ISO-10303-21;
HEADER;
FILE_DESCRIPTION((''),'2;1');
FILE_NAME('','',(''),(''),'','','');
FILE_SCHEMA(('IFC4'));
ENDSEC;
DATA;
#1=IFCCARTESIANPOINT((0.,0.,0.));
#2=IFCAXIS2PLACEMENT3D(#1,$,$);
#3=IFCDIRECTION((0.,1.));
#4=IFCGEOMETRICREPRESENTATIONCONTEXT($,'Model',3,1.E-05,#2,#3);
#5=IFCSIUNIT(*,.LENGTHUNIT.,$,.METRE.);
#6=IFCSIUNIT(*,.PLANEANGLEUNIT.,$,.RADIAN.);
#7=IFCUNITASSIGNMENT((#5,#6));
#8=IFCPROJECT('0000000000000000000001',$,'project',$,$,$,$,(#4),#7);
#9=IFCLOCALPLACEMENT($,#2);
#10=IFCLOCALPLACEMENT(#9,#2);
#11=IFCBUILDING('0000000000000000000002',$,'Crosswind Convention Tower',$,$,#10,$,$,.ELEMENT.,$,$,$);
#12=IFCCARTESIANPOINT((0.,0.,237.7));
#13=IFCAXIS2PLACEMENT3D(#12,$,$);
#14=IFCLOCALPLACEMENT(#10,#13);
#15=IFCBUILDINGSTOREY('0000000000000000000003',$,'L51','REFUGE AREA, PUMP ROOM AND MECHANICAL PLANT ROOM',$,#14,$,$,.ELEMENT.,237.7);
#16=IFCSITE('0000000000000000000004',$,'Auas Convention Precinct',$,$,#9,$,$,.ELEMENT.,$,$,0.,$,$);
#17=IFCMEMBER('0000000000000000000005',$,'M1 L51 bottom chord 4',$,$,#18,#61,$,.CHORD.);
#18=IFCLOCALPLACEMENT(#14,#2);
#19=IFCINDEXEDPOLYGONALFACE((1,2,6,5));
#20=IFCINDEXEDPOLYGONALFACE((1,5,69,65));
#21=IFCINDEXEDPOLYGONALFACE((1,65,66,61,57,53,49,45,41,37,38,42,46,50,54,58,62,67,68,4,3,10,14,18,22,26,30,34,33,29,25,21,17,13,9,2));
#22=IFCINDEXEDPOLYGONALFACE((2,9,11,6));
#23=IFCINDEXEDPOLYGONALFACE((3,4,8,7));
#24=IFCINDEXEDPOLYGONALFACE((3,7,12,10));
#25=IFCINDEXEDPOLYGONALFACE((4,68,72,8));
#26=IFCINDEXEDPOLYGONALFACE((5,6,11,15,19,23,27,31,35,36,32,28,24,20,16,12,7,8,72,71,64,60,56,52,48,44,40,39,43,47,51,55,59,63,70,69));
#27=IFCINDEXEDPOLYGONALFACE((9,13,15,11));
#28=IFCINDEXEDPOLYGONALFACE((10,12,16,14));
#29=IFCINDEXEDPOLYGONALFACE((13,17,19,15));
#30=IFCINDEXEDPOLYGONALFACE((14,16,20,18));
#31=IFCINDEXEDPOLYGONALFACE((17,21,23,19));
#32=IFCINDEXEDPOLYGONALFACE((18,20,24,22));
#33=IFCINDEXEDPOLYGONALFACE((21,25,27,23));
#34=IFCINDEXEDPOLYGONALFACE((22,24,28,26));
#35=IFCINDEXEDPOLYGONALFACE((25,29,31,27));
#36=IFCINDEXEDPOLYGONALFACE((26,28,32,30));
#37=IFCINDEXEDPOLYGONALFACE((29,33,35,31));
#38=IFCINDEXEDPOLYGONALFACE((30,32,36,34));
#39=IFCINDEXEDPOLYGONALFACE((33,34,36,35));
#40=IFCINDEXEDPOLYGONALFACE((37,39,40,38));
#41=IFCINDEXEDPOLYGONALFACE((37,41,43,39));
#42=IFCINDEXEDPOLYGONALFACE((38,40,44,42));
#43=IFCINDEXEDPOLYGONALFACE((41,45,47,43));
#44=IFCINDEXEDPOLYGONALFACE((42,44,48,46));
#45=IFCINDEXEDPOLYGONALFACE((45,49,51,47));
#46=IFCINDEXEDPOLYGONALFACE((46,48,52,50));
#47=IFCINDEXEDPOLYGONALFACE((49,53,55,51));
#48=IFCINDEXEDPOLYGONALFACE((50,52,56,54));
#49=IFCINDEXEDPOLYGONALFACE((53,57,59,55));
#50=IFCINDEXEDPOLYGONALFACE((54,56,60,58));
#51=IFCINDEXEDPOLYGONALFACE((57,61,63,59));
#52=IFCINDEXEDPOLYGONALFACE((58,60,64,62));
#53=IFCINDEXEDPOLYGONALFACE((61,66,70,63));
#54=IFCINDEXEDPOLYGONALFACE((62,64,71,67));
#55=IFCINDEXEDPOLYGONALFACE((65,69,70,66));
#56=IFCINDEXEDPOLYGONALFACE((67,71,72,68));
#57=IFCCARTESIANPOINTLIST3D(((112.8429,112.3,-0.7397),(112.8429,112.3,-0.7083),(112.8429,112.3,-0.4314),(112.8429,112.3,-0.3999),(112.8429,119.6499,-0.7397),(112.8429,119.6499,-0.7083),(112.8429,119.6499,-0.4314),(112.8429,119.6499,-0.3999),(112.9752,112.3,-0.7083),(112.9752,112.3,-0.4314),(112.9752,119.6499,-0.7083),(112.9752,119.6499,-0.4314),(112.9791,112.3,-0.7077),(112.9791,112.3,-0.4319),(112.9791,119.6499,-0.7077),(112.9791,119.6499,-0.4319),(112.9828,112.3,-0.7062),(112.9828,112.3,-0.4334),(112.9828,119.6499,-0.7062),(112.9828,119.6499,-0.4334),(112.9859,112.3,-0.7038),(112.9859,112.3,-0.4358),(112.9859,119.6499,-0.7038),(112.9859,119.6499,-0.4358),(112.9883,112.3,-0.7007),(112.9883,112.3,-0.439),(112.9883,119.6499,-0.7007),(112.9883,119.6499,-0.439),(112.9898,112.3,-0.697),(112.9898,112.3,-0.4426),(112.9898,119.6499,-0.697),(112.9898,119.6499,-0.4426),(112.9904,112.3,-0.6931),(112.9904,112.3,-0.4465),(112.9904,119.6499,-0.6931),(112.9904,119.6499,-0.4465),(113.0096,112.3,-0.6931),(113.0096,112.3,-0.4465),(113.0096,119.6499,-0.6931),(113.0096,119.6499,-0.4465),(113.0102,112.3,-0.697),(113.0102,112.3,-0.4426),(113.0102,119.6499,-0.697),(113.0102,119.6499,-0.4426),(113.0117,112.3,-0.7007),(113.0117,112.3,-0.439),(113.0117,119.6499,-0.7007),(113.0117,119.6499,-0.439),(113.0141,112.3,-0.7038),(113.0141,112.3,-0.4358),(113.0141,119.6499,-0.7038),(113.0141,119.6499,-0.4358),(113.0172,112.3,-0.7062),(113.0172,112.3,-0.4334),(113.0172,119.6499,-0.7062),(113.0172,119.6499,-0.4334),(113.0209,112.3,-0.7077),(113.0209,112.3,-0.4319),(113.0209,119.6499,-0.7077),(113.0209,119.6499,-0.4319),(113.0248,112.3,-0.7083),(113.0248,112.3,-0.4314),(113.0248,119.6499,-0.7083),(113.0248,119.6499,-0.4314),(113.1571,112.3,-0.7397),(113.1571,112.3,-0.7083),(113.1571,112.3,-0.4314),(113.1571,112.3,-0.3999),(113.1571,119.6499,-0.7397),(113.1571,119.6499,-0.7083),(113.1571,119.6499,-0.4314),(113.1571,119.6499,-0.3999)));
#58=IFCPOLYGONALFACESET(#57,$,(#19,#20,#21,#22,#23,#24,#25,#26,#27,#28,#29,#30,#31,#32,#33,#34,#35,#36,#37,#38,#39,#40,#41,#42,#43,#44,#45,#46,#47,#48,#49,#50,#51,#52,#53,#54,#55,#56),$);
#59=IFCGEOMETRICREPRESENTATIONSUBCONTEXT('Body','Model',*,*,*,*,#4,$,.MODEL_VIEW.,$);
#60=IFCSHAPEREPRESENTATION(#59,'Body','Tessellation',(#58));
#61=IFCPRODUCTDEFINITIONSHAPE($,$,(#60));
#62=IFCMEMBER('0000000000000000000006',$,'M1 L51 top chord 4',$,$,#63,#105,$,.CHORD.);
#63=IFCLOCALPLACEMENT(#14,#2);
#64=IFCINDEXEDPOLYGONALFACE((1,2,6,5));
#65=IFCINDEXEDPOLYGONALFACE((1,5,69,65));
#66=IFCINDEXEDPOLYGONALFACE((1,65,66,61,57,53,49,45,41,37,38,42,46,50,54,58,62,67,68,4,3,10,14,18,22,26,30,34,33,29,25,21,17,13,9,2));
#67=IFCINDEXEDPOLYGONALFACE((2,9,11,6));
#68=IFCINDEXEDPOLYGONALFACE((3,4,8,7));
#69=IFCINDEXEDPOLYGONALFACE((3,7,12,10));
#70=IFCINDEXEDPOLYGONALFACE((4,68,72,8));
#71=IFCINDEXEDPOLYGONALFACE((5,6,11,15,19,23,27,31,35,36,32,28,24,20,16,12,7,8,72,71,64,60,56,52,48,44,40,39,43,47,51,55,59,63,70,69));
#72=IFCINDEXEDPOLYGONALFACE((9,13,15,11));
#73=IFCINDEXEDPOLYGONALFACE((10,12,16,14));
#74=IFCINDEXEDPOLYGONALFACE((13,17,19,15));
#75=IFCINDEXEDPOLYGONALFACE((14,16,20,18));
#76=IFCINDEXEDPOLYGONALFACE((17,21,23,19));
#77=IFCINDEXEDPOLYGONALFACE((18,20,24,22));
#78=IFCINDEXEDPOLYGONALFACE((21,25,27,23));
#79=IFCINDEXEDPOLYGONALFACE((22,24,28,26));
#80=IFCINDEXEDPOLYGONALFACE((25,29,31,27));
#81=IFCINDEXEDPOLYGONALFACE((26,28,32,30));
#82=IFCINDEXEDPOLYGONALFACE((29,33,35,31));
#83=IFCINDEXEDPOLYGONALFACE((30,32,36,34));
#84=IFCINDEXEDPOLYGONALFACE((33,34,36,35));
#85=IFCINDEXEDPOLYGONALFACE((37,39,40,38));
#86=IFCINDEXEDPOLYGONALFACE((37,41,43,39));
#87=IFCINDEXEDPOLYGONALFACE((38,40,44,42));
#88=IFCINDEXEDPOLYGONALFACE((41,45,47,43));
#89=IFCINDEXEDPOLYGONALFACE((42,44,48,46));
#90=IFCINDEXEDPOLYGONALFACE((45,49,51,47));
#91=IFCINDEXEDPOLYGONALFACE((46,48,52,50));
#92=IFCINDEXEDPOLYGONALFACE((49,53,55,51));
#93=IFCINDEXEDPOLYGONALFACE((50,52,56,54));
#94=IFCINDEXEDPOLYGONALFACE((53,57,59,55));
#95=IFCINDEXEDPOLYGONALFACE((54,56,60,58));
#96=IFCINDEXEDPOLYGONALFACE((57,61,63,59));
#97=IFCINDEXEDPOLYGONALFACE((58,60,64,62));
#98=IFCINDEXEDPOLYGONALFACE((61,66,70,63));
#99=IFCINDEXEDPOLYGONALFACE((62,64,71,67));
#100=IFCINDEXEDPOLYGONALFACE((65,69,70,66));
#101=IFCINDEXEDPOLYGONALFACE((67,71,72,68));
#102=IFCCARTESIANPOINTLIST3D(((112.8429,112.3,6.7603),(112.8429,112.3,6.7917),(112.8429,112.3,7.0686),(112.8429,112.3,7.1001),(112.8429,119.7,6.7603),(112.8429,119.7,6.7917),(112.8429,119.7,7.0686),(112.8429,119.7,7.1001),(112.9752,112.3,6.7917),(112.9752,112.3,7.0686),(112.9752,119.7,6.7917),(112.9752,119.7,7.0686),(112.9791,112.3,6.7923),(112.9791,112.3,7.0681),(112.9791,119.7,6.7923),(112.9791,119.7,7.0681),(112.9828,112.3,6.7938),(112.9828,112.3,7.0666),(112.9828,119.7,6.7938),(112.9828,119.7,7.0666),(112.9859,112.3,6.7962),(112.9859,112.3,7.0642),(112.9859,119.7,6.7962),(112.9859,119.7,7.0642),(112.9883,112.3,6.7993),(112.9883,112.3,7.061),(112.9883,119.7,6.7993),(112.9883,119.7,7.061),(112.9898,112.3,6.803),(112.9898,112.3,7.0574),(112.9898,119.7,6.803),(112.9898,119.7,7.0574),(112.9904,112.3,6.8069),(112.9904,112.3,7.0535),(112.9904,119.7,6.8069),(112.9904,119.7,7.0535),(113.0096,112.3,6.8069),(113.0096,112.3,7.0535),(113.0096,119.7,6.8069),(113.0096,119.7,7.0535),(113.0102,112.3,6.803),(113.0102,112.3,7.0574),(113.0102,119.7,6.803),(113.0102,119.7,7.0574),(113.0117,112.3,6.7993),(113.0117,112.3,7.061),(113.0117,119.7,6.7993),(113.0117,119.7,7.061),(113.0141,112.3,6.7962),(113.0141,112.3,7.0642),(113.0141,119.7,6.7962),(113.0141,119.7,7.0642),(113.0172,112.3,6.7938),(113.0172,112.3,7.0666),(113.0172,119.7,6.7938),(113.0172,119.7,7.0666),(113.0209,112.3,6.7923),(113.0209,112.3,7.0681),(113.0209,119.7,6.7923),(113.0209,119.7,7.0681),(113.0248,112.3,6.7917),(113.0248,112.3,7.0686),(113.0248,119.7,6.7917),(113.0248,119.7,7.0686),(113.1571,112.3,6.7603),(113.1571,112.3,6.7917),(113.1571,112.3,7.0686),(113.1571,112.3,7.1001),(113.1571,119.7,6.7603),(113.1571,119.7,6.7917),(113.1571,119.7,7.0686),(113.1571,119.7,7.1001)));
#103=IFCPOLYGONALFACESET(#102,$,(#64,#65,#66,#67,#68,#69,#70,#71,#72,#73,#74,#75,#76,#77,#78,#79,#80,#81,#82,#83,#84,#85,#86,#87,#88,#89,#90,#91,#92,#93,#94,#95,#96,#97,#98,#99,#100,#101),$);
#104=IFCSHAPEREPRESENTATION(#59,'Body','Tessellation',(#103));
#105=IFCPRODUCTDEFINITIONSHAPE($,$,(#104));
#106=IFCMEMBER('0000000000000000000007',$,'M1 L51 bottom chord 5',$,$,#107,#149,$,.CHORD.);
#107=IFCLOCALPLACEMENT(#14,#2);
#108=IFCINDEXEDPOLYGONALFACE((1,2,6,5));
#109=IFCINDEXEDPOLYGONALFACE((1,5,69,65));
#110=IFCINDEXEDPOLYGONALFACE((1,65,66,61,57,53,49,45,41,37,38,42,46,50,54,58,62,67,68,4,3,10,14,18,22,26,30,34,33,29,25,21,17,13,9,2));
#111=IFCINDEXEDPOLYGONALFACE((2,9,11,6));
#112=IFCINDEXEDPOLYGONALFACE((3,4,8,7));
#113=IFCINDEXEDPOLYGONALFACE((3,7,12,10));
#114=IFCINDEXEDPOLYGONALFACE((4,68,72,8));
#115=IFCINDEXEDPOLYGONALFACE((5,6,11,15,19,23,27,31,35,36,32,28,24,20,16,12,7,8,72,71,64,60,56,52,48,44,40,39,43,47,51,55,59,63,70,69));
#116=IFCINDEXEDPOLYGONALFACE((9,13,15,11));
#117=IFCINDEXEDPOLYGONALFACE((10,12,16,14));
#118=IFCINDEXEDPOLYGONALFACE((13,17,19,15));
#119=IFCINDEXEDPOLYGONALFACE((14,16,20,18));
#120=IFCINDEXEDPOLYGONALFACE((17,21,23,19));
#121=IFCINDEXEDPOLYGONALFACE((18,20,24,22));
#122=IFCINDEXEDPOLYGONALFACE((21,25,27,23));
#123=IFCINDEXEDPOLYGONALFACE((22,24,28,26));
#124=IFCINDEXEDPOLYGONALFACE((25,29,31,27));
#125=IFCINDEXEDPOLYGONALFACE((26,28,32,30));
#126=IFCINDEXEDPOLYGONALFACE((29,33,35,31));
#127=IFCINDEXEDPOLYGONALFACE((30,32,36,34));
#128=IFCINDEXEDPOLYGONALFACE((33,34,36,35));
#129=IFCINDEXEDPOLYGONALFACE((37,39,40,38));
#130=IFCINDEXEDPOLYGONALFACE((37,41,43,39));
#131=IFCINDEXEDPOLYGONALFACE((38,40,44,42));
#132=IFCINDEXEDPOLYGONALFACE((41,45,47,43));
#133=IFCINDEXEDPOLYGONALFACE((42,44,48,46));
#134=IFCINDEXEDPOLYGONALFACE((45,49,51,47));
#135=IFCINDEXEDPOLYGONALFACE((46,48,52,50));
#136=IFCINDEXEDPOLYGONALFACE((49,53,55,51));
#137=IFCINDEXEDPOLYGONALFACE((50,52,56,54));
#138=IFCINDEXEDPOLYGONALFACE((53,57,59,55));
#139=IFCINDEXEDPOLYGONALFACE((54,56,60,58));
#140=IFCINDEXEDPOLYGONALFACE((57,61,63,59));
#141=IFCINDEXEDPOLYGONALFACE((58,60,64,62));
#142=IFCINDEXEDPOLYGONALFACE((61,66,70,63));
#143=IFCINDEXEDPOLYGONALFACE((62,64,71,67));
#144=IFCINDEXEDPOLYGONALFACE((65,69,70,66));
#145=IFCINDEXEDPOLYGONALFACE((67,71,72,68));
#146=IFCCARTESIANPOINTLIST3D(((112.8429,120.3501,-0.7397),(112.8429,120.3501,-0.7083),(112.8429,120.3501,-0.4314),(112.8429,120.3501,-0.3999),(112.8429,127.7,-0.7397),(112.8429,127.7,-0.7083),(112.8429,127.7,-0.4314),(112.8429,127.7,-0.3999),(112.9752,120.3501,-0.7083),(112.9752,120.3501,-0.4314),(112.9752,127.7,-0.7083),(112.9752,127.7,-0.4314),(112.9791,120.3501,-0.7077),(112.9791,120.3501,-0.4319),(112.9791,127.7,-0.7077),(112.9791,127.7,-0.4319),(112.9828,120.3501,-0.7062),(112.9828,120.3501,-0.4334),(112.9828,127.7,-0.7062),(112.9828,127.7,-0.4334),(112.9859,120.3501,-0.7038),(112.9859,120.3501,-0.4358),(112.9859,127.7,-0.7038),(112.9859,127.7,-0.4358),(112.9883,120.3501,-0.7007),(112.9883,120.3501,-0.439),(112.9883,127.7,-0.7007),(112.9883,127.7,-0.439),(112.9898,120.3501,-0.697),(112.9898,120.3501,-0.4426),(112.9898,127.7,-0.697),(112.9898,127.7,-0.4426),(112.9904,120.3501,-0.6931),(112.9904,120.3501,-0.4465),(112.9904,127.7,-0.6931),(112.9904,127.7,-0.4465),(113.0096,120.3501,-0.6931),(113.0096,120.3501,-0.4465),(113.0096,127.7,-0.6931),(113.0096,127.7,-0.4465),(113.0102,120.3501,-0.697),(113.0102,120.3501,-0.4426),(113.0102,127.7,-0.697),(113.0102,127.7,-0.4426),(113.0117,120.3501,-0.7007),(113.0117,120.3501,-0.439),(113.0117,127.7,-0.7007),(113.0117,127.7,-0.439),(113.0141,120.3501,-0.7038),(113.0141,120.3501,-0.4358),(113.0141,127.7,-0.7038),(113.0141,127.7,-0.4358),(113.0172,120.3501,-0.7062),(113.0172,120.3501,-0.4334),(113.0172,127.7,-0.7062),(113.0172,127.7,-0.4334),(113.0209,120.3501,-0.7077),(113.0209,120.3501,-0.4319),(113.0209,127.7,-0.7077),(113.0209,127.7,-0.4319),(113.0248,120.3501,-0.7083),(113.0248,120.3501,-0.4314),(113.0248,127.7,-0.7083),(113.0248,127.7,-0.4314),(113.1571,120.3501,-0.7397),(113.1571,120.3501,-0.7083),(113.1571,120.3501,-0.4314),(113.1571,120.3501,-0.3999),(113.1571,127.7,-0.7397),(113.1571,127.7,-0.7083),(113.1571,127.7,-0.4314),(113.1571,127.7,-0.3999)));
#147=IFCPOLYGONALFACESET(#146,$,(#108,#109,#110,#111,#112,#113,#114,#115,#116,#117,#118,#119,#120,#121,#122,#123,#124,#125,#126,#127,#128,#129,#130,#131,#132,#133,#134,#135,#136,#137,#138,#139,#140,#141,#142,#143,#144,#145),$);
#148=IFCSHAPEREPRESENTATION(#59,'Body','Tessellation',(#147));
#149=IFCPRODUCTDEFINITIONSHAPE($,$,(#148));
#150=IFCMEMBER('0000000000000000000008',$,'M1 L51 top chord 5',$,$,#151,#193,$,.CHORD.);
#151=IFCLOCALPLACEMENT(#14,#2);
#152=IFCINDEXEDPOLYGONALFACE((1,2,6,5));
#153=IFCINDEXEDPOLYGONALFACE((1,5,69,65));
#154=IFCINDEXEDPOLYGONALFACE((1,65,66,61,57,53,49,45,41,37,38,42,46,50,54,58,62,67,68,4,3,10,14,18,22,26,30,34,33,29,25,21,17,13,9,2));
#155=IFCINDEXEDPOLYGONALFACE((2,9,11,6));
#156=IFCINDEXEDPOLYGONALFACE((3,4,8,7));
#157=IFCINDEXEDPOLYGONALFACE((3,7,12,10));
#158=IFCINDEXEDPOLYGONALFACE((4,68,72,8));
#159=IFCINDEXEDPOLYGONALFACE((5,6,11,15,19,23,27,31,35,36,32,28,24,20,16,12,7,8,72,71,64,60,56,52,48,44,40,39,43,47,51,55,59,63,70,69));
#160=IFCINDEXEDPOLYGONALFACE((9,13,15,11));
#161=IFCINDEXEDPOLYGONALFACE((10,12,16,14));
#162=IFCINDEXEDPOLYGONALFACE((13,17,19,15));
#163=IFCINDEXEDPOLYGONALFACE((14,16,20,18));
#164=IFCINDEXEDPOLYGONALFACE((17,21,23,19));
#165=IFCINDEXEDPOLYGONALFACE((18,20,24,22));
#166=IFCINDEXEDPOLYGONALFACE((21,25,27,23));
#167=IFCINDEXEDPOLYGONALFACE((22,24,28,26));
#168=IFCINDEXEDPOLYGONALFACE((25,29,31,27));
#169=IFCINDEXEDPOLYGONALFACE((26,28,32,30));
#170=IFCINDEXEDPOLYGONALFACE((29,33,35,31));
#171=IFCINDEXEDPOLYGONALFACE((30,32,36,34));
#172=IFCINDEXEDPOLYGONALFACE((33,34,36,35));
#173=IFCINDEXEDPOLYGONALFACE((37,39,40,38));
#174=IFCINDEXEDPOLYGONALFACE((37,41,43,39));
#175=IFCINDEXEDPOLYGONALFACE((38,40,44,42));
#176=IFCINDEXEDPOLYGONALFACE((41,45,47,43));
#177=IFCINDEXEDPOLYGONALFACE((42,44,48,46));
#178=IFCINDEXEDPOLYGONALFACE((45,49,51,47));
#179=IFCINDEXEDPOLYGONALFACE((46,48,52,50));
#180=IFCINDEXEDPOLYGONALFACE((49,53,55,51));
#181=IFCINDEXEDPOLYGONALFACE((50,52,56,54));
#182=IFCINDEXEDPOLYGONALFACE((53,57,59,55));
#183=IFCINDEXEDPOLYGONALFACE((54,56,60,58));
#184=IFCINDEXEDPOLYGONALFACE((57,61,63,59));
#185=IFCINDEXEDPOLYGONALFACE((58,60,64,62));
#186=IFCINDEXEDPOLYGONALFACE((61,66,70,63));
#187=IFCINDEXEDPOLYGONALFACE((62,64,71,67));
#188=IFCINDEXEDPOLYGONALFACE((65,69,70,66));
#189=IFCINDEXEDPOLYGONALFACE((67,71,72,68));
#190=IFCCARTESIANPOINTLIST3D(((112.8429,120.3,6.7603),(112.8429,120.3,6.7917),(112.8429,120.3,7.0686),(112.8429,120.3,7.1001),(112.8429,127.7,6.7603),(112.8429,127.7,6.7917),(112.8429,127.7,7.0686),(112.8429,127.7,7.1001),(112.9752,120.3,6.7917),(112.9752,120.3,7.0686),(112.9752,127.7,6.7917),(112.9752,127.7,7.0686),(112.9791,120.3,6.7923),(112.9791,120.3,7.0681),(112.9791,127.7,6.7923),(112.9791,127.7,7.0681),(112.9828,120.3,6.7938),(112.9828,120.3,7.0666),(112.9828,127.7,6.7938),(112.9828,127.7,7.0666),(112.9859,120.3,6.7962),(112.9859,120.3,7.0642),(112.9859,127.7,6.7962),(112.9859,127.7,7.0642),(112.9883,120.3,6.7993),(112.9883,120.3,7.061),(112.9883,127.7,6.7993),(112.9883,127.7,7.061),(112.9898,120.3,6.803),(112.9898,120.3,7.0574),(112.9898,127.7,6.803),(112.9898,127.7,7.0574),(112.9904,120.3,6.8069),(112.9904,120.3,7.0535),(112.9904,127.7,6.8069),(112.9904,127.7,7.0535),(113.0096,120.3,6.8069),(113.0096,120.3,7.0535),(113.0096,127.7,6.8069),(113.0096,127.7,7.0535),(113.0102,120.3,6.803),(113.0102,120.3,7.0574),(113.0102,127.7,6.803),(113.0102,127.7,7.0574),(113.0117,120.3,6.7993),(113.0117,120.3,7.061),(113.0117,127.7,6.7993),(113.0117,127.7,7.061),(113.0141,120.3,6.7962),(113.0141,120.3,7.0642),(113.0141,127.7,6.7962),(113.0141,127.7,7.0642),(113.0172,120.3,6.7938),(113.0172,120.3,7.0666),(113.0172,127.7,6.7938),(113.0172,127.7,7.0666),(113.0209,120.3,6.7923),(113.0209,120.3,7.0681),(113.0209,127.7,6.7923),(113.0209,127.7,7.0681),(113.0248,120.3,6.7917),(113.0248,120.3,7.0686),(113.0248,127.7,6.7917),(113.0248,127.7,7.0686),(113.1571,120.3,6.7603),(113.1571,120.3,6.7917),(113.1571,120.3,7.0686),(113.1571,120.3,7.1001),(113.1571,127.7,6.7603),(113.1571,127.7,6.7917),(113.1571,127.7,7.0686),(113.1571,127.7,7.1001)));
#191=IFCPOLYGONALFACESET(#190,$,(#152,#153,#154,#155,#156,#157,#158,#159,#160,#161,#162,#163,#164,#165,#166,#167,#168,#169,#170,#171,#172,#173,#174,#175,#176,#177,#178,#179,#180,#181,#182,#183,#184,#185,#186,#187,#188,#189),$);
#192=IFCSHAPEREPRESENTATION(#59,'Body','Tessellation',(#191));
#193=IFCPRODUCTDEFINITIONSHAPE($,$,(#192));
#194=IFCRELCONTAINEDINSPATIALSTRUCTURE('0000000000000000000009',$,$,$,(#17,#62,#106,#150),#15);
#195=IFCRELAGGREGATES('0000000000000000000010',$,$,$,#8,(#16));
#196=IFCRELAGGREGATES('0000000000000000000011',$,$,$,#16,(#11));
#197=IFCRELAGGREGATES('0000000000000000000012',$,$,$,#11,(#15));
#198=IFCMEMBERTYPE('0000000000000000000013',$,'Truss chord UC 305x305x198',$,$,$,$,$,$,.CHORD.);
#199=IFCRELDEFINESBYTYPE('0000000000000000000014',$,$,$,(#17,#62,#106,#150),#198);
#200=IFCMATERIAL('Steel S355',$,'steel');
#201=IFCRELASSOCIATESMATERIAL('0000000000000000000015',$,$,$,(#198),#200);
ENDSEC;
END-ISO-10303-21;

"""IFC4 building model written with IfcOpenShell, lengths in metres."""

from ifc_helpers import new_model, si_unit, direction, frame, origin, origin_2d, place, context, subcontext, project, spatial, i_section, extrude, material, material_profile, profile_set, type_object, element, save


model = new_model("IFC4")

# Units and contexts
model_context = context("Model", 3, precision=1e-05, world=origin(), true_north=direction((0.0, 1.0)))
body_context = subcontext(model_context, "Body", "Model", "MODEL_VIEW")
ifc_project = project(units=[si_unit("LENGTHUNIT", "METRE"), si_unit("PLANEANGLEUNIT", "RADIAN")], contexts=[model_context])

# Site, building, storey
site_placement = place(None, origin())
site = spatial("IfcSite", under=ifc_project, at=site_placement, Name="Auas Convention Precinct", CompositionType="ELEMENT", RefElevation=0.0)
building_placement = place(site_placement, origin())
building = spatial("IfcBuilding", under=site, at=building_placement, Name="Crosswind Convention Tower", CompositionType="ELEMENT")
storey_placement = place(building_placement, frame((0.0, 0.0, 237.7)))
storey = spatial("IfcBuildingStorey", under=building, at=storey_placement, Name="L51", Description="REFUGE AREA, PUMP ROOM AND MECHANICAL PLANT ROOM", CompositionType="ELEMENT", Elevation=237.7)

# Shared definitions
ifc_material_1 = material(Name="Steel S355", Category="steel")

# Members
ifc_material_profile_1 = material_profile(ifc_material_1, i_section(OverallWidth=0.3142, OverallDepth=0.3398, WebThickness=0.0193, FlangeThickness=0.0315, FilletRadius=0.0151, at=origin_2d()), Name="UC 305x305x198")
ifc_profile_set_1 = profile_set([ifc_material_profile_1], Name="Steel S355")
member_type_1 = type_object("IfcMemberType", Name="Truss chord UC 305x305x198", PredefinedType="CHORD", material=ifc_profile_set_1)
member_1_placement = place(storey_placement, frame((113.0, 112.3, -0.5698), z_axis=(0.0, 1.0, 0.0), x_axis=(-1.0, 0.0, 0.0)))
element("IfcMember", 1, at=member_1_placement, inside=storey, type_object=member_type_1, Name="M1 L51 bottom chord 4", PredefinedType="CHORD", context=body_context, shape_type="SweptSolid", body=[
    extrude(i_section(OverallWidth=0.3142, OverallDepth=0.3398, WebThickness=0.0193, FlangeThickness=0.0315, FilletRadius=0.0151, at=origin_2d()), origin(), (0.0, 0.0, 1.0), 7.3499),
])
member_2_placement = place(storey_placement, frame((113.0, 112.3, 6.9302), z_axis=(0.0, 1.0, 0.0), x_axis=(-1.0, 0.0, 0.0)))
element("IfcMember", 2, at=member_2_placement, inside=storey, type_object=member_type_1, Name="M1 L51 top chord 4", PredefinedType="CHORD", context=body_context, shape_type="SweptSolid", body=[
    extrude(i_section(OverallWidth=0.3142, OverallDepth=0.3398, WebThickness=0.0193, FlangeThickness=0.0315, FilletRadius=0.0151, at=origin_2d()), origin(), (0.0, 0.0, 1.0), 7.3999),
])
member_3_placement = place(storey_placement, frame((113.0, 120.3501, -0.5698), z_axis=(0.0, 1.0, 0.0), x_axis=(-1.0, 0.0, 0.0)))
element("IfcMember", 3, at=member_3_placement, inside=storey, type_object=member_type_1, Name="M1 L51 bottom chord 5", PredefinedType="CHORD", context=body_context, shape_type="SweptSolid", body=[
    extrude(i_section(OverallWidth=0.3142, OverallDepth=0.3398, WebThickness=0.0193, FlangeThickness=0.0315, FilletRadius=0.0151, at=origin_2d()), origin(), (0.0, 0.0, 1.0), 7.3499),
])
member_4_placement = place(storey_placement, frame((113.0, 120.3, 6.9302), z_axis=(0.0, 1.0, 0.0), x_axis=(-1.0, 0.0, 0.0)))
element("IfcMember", 4, at=member_4_placement, inside=storey, type_object=member_type_1, Name="M1 L51 top chord 5", PredefinedType="CHORD", context=body_context, shape_type="SweptSolid", body=[
    extrude(i_section(OverallWidth=0.3142, OverallDepth=0.3398, WebThickness=0.0193, FlangeThickness=0.0315, FilletRadius=0.0151, at=origin_2d()), origin(), (0.0, 0.0, 1.0), 7.3999),
])

save(model, "model.ifc")
